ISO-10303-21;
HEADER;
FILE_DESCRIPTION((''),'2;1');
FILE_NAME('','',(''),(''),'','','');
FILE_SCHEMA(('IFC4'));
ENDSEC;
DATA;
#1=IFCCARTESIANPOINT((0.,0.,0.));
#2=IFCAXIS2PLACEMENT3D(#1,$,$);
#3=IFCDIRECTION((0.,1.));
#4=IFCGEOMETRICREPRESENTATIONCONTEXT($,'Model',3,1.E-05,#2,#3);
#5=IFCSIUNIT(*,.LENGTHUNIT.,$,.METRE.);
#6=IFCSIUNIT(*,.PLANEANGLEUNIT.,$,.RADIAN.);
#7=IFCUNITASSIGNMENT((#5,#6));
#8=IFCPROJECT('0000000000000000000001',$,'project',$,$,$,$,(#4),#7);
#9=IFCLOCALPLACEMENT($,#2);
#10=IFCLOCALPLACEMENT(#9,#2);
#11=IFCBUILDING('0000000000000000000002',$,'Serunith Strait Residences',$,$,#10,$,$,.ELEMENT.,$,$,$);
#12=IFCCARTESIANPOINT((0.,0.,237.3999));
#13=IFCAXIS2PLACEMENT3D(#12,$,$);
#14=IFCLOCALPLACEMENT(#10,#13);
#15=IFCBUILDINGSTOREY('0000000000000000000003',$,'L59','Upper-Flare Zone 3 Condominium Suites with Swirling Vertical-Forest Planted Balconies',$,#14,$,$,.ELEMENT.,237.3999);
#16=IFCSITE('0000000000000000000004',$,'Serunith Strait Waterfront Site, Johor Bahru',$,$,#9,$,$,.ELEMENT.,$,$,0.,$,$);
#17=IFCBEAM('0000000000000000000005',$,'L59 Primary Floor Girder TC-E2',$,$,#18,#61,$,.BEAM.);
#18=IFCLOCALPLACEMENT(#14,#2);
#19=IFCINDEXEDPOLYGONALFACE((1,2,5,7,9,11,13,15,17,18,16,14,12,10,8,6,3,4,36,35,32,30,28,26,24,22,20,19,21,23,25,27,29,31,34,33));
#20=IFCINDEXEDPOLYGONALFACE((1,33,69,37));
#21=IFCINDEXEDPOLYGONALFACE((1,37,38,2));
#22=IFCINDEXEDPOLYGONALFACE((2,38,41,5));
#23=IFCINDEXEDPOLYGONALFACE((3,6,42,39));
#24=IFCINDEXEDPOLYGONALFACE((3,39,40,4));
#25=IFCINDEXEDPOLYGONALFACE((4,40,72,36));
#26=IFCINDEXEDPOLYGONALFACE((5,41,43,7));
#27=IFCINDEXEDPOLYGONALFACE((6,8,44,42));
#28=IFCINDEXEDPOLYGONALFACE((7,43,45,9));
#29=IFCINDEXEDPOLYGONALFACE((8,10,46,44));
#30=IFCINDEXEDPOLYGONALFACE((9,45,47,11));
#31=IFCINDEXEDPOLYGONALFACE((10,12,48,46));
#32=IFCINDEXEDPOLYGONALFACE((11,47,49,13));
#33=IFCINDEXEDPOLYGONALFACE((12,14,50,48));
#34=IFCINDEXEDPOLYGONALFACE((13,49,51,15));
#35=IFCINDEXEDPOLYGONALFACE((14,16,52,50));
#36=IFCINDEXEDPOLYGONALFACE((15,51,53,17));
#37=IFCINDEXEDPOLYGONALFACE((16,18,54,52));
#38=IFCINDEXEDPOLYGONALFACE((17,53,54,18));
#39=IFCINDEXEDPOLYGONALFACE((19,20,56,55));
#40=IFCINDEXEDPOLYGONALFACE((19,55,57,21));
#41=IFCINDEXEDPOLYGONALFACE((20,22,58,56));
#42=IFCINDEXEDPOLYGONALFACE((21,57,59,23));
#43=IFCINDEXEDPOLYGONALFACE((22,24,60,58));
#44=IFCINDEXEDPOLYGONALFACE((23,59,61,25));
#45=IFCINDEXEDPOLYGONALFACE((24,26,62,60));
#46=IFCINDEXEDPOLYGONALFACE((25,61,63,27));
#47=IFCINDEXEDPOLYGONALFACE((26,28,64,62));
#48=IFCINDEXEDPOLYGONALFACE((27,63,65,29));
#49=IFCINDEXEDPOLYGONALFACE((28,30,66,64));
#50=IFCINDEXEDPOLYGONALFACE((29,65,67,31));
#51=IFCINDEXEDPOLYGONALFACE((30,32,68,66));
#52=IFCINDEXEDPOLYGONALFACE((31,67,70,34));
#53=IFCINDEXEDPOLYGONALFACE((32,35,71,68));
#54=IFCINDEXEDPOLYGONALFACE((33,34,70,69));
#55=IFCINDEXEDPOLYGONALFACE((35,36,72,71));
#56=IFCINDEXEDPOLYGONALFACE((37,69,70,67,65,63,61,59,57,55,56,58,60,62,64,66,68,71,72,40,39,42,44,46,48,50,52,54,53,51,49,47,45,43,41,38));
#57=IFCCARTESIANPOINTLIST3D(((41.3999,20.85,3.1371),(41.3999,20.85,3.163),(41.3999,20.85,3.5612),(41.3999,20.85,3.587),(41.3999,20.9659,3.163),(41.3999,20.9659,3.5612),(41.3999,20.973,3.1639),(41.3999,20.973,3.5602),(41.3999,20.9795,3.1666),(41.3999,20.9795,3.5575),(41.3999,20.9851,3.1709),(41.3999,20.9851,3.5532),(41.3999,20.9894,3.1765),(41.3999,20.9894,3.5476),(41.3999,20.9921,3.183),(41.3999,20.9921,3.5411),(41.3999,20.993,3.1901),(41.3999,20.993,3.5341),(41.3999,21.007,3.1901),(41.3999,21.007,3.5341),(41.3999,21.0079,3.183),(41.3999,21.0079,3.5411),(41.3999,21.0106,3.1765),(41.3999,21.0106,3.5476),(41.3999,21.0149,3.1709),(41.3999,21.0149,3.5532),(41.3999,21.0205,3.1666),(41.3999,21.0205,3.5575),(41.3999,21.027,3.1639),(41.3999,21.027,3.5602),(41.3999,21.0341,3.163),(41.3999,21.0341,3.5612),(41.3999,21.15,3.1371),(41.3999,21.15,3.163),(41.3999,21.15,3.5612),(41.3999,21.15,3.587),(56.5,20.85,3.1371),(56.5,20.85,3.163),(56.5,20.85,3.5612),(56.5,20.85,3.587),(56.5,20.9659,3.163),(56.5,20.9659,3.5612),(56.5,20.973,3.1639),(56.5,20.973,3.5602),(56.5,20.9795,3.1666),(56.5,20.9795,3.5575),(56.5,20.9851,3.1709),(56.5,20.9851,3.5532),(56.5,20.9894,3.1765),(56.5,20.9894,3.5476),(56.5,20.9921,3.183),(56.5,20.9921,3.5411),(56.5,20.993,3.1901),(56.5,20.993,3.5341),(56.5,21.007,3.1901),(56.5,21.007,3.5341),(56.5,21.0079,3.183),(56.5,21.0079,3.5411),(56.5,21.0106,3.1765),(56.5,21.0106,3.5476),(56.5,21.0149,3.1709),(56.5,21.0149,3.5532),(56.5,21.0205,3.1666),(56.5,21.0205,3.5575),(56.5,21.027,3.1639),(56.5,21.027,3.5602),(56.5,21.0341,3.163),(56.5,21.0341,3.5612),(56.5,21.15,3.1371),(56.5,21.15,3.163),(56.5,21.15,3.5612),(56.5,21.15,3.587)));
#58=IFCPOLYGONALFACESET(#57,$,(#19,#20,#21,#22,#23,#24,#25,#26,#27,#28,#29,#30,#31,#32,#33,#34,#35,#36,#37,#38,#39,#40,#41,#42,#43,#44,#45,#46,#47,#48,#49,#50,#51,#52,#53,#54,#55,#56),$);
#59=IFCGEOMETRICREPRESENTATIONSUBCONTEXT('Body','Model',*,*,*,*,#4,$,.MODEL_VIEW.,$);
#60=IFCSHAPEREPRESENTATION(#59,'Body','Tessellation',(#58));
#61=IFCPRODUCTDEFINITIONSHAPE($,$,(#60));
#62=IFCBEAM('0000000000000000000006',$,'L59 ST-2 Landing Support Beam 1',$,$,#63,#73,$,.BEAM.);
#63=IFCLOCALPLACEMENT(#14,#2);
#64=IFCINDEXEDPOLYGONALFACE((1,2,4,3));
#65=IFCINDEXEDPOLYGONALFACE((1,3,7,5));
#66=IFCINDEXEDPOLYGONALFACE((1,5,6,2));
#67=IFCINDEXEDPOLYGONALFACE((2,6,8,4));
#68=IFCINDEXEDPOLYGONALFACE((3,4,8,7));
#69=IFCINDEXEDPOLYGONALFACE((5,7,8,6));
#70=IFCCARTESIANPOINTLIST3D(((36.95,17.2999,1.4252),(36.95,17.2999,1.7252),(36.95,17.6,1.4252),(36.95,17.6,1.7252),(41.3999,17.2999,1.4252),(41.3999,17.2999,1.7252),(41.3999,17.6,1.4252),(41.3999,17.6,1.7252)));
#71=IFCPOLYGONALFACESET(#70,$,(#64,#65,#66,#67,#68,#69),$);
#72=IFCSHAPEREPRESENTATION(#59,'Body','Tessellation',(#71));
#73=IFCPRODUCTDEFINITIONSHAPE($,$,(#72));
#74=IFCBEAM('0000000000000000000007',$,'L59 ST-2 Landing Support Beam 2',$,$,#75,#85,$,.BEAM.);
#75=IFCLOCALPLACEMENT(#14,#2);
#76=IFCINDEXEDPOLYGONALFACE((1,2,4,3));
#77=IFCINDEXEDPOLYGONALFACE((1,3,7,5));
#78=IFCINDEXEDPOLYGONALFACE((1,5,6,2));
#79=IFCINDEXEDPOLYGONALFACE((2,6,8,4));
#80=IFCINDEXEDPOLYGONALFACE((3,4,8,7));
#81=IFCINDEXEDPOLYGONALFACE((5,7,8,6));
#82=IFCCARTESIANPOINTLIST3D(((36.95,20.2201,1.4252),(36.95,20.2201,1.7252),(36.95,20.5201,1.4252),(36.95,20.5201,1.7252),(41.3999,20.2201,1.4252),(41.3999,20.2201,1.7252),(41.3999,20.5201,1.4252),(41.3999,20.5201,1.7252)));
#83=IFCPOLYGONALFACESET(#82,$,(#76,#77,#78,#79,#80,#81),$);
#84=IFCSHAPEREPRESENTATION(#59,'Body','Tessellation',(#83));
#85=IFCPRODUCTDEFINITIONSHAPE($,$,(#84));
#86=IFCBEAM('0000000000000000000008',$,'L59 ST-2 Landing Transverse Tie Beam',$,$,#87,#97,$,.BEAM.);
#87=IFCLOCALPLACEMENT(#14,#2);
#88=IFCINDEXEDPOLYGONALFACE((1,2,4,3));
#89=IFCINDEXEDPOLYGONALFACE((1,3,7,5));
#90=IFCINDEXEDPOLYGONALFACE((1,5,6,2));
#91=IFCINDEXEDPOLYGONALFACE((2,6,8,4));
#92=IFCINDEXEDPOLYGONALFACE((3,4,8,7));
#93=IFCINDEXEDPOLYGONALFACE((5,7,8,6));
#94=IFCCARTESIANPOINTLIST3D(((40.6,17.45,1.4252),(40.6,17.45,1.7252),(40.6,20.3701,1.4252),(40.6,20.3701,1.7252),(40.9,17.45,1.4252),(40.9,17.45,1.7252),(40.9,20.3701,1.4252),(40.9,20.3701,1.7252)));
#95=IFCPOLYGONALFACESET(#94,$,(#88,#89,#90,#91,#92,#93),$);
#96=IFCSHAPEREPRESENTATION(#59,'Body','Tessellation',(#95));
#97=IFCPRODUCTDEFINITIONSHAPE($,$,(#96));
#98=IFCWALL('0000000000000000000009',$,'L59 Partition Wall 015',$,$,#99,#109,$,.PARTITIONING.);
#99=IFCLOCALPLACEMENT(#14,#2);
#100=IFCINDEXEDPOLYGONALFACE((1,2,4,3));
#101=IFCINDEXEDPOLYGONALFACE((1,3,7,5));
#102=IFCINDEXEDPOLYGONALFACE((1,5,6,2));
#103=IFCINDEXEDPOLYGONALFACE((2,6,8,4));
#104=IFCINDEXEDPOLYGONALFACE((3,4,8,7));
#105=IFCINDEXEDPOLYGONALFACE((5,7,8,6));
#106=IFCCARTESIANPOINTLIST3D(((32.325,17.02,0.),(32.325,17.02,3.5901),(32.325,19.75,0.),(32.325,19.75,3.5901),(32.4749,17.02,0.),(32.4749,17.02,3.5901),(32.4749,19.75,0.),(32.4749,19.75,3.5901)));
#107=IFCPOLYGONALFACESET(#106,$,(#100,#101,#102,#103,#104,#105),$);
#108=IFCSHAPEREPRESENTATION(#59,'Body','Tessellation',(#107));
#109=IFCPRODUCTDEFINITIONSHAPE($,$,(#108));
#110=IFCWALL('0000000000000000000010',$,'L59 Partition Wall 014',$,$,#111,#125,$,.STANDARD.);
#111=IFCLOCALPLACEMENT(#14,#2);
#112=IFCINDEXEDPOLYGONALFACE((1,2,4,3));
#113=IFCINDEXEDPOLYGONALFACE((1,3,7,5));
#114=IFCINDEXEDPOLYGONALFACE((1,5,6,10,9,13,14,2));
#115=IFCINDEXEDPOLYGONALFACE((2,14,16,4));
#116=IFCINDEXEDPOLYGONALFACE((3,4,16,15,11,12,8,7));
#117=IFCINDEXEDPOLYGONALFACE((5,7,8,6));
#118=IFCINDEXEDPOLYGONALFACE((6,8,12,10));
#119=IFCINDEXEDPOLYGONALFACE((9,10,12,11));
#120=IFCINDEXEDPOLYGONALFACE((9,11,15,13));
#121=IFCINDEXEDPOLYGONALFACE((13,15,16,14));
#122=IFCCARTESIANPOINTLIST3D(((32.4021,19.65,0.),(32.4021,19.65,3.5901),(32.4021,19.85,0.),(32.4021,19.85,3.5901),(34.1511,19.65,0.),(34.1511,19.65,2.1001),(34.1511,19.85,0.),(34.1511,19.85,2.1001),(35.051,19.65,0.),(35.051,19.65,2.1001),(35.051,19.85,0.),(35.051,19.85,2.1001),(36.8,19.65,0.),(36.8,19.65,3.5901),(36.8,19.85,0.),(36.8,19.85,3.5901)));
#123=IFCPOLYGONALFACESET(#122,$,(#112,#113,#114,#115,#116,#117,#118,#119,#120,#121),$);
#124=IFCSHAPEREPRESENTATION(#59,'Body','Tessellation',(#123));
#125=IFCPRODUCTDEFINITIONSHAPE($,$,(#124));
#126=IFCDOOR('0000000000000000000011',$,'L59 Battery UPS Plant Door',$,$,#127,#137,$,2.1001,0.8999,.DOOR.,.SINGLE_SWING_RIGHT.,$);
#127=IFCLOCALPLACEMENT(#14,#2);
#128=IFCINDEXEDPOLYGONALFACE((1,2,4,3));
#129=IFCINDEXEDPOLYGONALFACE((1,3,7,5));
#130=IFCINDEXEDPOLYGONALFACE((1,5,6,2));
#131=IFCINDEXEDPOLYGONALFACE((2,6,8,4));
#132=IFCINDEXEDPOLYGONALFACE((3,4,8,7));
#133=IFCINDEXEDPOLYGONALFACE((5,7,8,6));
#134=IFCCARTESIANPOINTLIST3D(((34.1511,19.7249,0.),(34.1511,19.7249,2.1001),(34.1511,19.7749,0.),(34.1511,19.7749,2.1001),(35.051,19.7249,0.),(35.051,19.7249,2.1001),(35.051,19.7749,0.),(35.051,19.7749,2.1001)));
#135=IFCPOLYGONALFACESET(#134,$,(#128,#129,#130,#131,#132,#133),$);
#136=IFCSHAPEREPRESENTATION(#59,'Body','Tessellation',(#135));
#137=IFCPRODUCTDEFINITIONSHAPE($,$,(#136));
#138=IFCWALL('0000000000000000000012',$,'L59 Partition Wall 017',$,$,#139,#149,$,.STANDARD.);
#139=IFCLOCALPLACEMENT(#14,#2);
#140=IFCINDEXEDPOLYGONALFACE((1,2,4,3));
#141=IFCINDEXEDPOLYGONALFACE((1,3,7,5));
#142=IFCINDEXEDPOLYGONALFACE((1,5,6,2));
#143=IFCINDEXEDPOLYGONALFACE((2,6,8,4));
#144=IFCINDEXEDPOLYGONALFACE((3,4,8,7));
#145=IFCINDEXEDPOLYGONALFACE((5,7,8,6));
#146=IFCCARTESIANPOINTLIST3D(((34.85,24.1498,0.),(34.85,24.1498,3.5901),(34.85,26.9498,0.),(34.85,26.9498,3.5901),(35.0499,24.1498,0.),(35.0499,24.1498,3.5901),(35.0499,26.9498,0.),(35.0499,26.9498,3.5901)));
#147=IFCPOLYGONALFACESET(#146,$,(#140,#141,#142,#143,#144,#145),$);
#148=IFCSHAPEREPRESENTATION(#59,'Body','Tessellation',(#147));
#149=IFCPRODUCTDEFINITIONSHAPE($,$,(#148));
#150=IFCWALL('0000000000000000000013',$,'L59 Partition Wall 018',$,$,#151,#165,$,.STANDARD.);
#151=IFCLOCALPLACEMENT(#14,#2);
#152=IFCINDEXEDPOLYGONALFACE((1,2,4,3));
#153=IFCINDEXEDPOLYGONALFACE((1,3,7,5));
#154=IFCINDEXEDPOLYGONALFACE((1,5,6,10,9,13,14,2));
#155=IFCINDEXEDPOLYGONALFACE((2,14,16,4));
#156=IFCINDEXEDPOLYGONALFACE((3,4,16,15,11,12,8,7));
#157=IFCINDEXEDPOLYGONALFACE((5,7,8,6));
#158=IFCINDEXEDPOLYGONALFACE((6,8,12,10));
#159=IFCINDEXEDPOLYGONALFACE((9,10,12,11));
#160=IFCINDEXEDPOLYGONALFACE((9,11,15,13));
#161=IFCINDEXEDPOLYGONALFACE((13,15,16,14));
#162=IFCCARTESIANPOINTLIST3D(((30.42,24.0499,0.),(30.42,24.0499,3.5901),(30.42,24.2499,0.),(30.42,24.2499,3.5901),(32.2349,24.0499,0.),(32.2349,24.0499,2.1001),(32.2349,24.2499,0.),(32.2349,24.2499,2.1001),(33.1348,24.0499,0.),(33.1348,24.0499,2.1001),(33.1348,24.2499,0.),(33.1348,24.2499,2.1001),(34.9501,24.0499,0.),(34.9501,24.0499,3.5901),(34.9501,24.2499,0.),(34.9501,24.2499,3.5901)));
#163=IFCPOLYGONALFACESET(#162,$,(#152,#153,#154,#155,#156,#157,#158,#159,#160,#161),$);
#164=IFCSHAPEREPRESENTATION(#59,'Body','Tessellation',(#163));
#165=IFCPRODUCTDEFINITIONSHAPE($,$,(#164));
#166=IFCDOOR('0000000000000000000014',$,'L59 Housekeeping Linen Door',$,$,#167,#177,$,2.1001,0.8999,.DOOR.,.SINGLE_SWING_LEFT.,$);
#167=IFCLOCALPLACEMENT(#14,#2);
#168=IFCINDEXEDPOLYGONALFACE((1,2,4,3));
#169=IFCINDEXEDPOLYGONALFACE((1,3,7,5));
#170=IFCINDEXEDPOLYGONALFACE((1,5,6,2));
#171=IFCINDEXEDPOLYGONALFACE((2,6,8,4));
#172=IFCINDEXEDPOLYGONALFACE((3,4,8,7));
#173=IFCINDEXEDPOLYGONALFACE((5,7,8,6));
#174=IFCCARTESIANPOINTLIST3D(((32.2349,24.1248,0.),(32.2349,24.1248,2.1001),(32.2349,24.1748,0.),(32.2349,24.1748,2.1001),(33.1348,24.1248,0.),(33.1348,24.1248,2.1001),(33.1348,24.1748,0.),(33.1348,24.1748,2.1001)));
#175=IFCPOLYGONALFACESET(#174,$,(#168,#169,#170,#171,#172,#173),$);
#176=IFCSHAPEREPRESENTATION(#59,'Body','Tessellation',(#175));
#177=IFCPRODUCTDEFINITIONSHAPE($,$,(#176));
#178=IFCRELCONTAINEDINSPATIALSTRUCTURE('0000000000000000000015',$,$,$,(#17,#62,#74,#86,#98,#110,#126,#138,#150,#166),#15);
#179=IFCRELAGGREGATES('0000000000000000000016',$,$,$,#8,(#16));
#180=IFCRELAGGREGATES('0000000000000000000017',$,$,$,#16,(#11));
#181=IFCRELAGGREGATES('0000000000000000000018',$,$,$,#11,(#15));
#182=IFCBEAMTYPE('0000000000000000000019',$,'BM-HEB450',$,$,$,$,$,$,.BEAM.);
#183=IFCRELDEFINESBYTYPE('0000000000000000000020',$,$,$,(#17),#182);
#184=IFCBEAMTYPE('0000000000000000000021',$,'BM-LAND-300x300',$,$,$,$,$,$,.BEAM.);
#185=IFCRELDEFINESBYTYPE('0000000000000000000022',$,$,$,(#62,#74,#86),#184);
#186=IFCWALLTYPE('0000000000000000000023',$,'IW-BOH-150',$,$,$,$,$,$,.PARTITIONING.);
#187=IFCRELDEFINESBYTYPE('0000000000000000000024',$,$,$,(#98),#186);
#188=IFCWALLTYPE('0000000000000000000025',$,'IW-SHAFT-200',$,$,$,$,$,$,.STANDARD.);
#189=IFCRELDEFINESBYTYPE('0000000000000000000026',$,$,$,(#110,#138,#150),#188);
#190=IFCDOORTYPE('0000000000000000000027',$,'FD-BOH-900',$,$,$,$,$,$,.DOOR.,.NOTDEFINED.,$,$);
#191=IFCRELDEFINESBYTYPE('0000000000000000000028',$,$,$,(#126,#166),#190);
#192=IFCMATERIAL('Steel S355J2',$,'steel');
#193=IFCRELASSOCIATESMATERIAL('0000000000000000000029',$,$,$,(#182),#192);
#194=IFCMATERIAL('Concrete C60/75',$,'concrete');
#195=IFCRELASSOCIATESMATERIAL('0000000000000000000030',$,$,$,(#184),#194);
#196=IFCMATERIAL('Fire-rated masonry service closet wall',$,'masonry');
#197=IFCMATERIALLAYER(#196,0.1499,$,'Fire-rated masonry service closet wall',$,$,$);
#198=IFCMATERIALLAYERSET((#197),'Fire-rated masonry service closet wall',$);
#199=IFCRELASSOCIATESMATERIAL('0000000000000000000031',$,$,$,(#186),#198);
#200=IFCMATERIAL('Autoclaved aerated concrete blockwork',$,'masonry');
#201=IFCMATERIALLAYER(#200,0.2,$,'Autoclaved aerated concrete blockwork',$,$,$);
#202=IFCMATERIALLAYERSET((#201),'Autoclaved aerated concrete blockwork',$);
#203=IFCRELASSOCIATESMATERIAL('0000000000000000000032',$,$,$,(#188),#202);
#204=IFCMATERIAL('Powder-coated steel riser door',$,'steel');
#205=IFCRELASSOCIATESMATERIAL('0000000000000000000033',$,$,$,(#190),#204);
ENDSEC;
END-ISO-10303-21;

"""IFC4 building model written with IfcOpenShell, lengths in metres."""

from ifc_helpers import new_model, si_unit, direction, frame, frame_2d, origin, origin_2d, place, context, subcontext, project, spatial, rectangle, i_section, extrude, source, transform, mapped, material, layer, layer_set, material_profile, profile_set, type_object, element, fill, save


model = new_model("IFC4")

# Units and contexts
model_context = context("Model", 3, precision=1e-05, world=origin(), true_north=direction((0.0, 1.0)))
body_context = subcontext(model_context, "Body", "Model", "MODEL_VIEW")
ifc_project = project(units=[si_unit("LENGTHUNIT", "METRE"), si_unit("PLANEANGLEUNIT", "RADIAN")], contexts=[model_context])

# Site, building, storey
site_placement = place(None, origin())
site = spatial("IfcSite", under=ifc_project, at=site_placement, Name="Serunith Strait Waterfront Site, Johor Bahru", CompositionType="ELEMENT", RefElevation=0.0)
building_placement = place(site_placement, origin())
building = spatial("IfcBuilding", under=site, at=building_placement, Name="Serunith Strait Residences", CompositionType="ELEMENT")
storey_placement = place(building_placement, frame((0.0, 0.0, 237.3999)))
storey = spatial("IfcBuildingStorey", under=building, at=storey_placement, Name="L59", Description="Upper-Flare Zone 3 Condominium Suites with Swirling Vertical-Forest Planted Balconies", CompositionType="ELEMENT", Elevation=237.3999)

# Beams
ifc_material_1 = material(Name="Steel S355J2", Category="steel")
ifc_material_profile_1 = material_profile(ifc_material_1, i_section(OverallWidth=0.3, OverallDepth=0.45, WebThickness=0.0139, FlangeThickness=0.0259, FilletRadius=0.0271, at=origin_2d()), Name="HEB 450")
ifc_profile_set_1 = profile_set([ifc_material_profile_1], Name="Steel S355J2")
beam_type_1 = type_object("IfcBeamType", Name="BM-HEB450", PredefinedType="BEAM", material=ifc_profile_set_1)
shared_shape_1 = source(origin(), body_context, "Body", "SweptSolid", [
    extrude(i_section(OverallWidth=0.3, OverallDepth=0.45, WebThickness=0.0139, FlangeThickness=0.0259, FilletRadius=0.0271, at=origin_2d()), origin(), (0.0, 0.0, 1.0), 15.1001),
])
beam_1_placement = place(storey_placement, frame((41.3999, 21.0, 3.3621), z_axis=(1.0, 0.0, 0.0), x_axis=(0.0, 1.0, 0.0)))
element("IfcBeam", 1, at=beam_1_placement, inside=storey, type_object=beam_type_1, Name="L59 Primary Floor Girder TC-E2", PredefinedType="BEAM", context=body_context, shape_type="MappedRepresentation", body=[
    mapped(shared_shape_1, transform((0.0, 0.0, 0.0), scale=1.0)),
])
ifc_material_2 = material(Name="Concrete C60/75", Category="concrete")
ifc_material_profile_2 = material_profile(ifc_material_2, rectangle(XDim=0.3, YDim=0.3, at=origin_2d()), Name="RC 300x300")
ifc_profile_set_2 = profile_set([ifc_material_profile_2], Name="Concrete C60/75")
beam_type_2 = type_object("IfcBeamType", Name="BM-LAND-300x300", PredefinedType="BEAM", material=ifc_profile_set_2)
shared_shape_2 = source(origin(), body_context, "Body", "SweptSolid", [
    extrude(rectangle(XDim=0.3, YDim=0.3, at=origin_2d()), origin(), (0.0, 0.0, 1.0), 4.45),
])
for number, where, z_axis, x_axis, name in (
    (2, (36.95, 17.45, 1.5752), (1.0, 0.0, 0.0), (0.0, 1.0, 0.0), "L59 ST-2 Landing Support Beam 1"),
    (3, (36.95, 20.3701, 1.5752), (1.0, 0.0, 0.0), (0.0, 1.0, 0.0), "L59 ST-2 Landing Support Beam 2"),
):
    element("IfcBeam", number, at=place(storey_placement, frame(where, z_axis=z_axis, x_axis=x_axis)), inside=storey, type_object=beam_type_2, Name=name, PredefinedType="BEAM", context=body_context, shape_type="MappedRepresentation", body=[
        mapped(shared_shape_2, transform((0.0, 0.0, 0.0), scale=1.0)),
    ])
shared_shape_3 = source(origin(), body_context, "Body", "SweptSolid", [
    extrude(rectangle(XDim=0.3, YDim=0.3, at=origin_2d()), origin(), (0.0, 0.0, 1.0), 2.9202),
])
beam_2_placement = place(storey_placement, frame((40.75, 17.45, 1.5752), z_axis=(0.0, 1.0, 0.0), x_axis=(-1.0, 0.0, 0.0)))
element("IfcBeam", 4, at=beam_2_placement, inside=storey, type_object=beam_type_2, Name="L59 ST-2 Landing Transverse Tie Beam", PredefinedType="BEAM", context=body_context, shape_type="MappedRepresentation", body=[
    mapped(shared_shape_3, transform((0.0, 0.0, 0.0), scale=1.0)),
])

# Wall
ifc_material_3 = material(Name="Fire-rated masonry service closet wall", Category="masonry")
ifc_layer_1 = layer(ifc_material_3, 0.1499, Name="Fire-rated masonry service closet wall")
ifc_layer_set_1 = layer_set([ifc_layer_1], Name="Fire-rated masonry service closet wall")
wall_type_1 = type_object("IfcWallType", Name="IW-BOH-150", PredefinedType="PARTITIONING", material=ifc_layer_set_1)
wall_1_placement = place(storey_placement, frame((32.3999, 17.02, 0.0), z_axis=(0.0, 0.0, 1.0), x_axis=(0.0, 1.0, 0.0)))
element("IfcWall", 5, at=wall_1_placement, inside=storey, type_object=wall_type_1, Name="L59 Partition Wall 015", PredefinedType="PARTITIONING", context=body_context, shape_type="SweptSolid", body=[
    extrude(rectangle(XDim=2.73, YDim=0.1499, at=frame_2d((1.365, 0.0))), origin(), (0.0, 0.0, 1.0), 3.5901),
])

# Wall, opening, door
ifc_material_4 = material(Name="Autoclaved aerated concrete blockwork", Category="masonry")
ifc_layer_2 = layer(ifc_material_4, 0.2, Name="Autoclaved aerated concrete blockwork")
ifc_layer_set_2 = layer_set([ifc_layer_2], Name="Autoclaved aerated concrete blockwork")
wall_type_2 = type_object("IfcWallType", Name="IW-SHAFT-200", PredefinedType="STANDARD", material=ifc_layer_set_2)
wall_2_placement = place(storey_placement, frame((32.4021, 19.75, 0.0), z_axis=(0.0, 0.0, 1.0), x_axis=(1.0, 0.0, 0.0)))
wall_2 = element("IfcWall", 6, at=wall_2_placement, inside=storey, type_object=wall_type_2, Name="L59 Partition Wall 014", PredefinedType="STANDARD", context=body_context, shape_type="SweptSolid", body=[
    extrude(rectangle(XDim=4.3979, YDim=0.2, at=frame_2d((2.199, 0.0))), origin(), (0.0, 0.0, 1.0), 3.5901),
])
opening_1_placement = place(wall_2_placement, frame((1.749, 0.0, 0.0)))
opening_1 = element("IfcOpeningElement", 7, at=opening_1_placement, cuts=wall_2, PredefinedType="OPENING", context=body_context, shape_type="SweptSolid", body=[
    extrude(rectangle(XDim=0.8999, YDim=2.1001, at=frame_2d((0.45, 1.05))), frame((0.0, 0.1099, 0.0), z_axis=(0.0, -1.0, 0.0), x_axis=(1.0, 0.0, 0.0)), (0.0, 0.0, 1.0), 0.22),
])
ifc_material_5 = material(Name="Powder-coated steel riser door", Category="steel")
door_type = type_object("IfcDoorType", Name="FD-BOH-900", OperationType="NOTDEFINED", PredefinedType="DOOR", material=ifc_material_5)
shared_shape_4 = source(origin(), body_context, "Body", "SweptSolid", [
    extrude(rectangle(XDim=0.8999, YDim=2.1001, at=frame_2d((0.45, 1.05))), frame((0.0, 0.0249, 0.0), z_axis=(0.0, -1.0, 0.0), x_axis=(1.0, 0.0, 0.0)), (0.0, 0.0, 1.0), 0.05),
])
door_1_placement = place(opening_1_placement, origin())
door_1 = element("IfcDoor", 8, at=door_1_placement, inside=storey, type_object=door_type, Name="L59 Battery UPS Plant Door", OperationType="SINGLE_SWING_RIGHT", OverallHeight=2.1001, OverallWidth=0.8999, PredefinedType="DOOR", context=body_context, shape_type="MappedRepresentation", body=[
    mapped(shared_shape_4, transform((0.0, 0.0, 0.0), scale=1.0)),
])
fill(opening_1, door_1)

# Wall
wall_3_placement = place(storey_placement, frame((34.95, 24.1499, 0.0), z_axis=(0.0, 0.0, 1.0), x_axis=(0.0, 1.0, 0.0)))
element("IfcWall", 9, at=wall_3_placement, inside=storey, type_object=wall_type_2, Name="L59 Partition Wall 017", PredefinedType="STANDARD", context=body_context, shape_type="SweptSolid", body=[
    extrude(rectangle(XDim=2.8, YDim=0.2, at=frame_2d((1.3999, 0.0))), origin(), (0.0, 0.0, 1.0), 3.5901),
])

# Wall, opening, door
wall_4_placement = place(storey_placement, frame((30.4199, 24.1499, 0.0), z_axis=(0.0, 0.0, 1.0), x_axis=(1.0, 0.0, 0.0)))
wall_4 = element("IfcWall", 10, at=wall_4_placement, inside=storey, type_object=wall_type_2, Name="L59 Partition Wall 018", PredefinedType="STANDARD", context=body_context, shape_type="SweptSolid", body=[
    extrude(rectangle(XDim=4.53, YDim=0.2, at=frame_2d((2.2651, 0.0))), origin(), (0.0, 0.0, 1.0), 3.5901),
])
opening_2_placement = place(wall_4_placement, frame((1.8149, 0.0, 0.0)))
opening_2 = element("IfcOpeningElement", 11, at=opening_2_placement, cuts=wall_4, PredefinedType="OPENING", context=body_context, shape_type="SweptSolid", body=[
    extrude(rectangle(XDim=0.8999, YDim=2.1001, at=frame_2d((0.45, 1.05))), frame((0.0, 0.1099, 0.0), z_axis=(0.0, -1.0, 0.0), x_axis=(1.0, 0.0, 0.0)), (0.0, 0.0, 1.0), 0.22),
])
door_2_placement = place(opening_2_placement, origin())
door_2 = element("IfcDoor", 12, at=door_2_placement, inside=storey, type_object=door_type, Name="L59 Housekeeping Linen Door", OperationType="SINGLE_SWING_LEFT", OverallHeight=2.1001, OverallWidth=0.8999, PredefinedType="DOOR", context=body_context, shape_type="MappedRepresentation", body=[
    mapped(shared_shape_4, transform((0.0, 0.0, 0.0), scale=1.0)),
])
fill(opening_2, door_2)

save(model, "model.ifc")
